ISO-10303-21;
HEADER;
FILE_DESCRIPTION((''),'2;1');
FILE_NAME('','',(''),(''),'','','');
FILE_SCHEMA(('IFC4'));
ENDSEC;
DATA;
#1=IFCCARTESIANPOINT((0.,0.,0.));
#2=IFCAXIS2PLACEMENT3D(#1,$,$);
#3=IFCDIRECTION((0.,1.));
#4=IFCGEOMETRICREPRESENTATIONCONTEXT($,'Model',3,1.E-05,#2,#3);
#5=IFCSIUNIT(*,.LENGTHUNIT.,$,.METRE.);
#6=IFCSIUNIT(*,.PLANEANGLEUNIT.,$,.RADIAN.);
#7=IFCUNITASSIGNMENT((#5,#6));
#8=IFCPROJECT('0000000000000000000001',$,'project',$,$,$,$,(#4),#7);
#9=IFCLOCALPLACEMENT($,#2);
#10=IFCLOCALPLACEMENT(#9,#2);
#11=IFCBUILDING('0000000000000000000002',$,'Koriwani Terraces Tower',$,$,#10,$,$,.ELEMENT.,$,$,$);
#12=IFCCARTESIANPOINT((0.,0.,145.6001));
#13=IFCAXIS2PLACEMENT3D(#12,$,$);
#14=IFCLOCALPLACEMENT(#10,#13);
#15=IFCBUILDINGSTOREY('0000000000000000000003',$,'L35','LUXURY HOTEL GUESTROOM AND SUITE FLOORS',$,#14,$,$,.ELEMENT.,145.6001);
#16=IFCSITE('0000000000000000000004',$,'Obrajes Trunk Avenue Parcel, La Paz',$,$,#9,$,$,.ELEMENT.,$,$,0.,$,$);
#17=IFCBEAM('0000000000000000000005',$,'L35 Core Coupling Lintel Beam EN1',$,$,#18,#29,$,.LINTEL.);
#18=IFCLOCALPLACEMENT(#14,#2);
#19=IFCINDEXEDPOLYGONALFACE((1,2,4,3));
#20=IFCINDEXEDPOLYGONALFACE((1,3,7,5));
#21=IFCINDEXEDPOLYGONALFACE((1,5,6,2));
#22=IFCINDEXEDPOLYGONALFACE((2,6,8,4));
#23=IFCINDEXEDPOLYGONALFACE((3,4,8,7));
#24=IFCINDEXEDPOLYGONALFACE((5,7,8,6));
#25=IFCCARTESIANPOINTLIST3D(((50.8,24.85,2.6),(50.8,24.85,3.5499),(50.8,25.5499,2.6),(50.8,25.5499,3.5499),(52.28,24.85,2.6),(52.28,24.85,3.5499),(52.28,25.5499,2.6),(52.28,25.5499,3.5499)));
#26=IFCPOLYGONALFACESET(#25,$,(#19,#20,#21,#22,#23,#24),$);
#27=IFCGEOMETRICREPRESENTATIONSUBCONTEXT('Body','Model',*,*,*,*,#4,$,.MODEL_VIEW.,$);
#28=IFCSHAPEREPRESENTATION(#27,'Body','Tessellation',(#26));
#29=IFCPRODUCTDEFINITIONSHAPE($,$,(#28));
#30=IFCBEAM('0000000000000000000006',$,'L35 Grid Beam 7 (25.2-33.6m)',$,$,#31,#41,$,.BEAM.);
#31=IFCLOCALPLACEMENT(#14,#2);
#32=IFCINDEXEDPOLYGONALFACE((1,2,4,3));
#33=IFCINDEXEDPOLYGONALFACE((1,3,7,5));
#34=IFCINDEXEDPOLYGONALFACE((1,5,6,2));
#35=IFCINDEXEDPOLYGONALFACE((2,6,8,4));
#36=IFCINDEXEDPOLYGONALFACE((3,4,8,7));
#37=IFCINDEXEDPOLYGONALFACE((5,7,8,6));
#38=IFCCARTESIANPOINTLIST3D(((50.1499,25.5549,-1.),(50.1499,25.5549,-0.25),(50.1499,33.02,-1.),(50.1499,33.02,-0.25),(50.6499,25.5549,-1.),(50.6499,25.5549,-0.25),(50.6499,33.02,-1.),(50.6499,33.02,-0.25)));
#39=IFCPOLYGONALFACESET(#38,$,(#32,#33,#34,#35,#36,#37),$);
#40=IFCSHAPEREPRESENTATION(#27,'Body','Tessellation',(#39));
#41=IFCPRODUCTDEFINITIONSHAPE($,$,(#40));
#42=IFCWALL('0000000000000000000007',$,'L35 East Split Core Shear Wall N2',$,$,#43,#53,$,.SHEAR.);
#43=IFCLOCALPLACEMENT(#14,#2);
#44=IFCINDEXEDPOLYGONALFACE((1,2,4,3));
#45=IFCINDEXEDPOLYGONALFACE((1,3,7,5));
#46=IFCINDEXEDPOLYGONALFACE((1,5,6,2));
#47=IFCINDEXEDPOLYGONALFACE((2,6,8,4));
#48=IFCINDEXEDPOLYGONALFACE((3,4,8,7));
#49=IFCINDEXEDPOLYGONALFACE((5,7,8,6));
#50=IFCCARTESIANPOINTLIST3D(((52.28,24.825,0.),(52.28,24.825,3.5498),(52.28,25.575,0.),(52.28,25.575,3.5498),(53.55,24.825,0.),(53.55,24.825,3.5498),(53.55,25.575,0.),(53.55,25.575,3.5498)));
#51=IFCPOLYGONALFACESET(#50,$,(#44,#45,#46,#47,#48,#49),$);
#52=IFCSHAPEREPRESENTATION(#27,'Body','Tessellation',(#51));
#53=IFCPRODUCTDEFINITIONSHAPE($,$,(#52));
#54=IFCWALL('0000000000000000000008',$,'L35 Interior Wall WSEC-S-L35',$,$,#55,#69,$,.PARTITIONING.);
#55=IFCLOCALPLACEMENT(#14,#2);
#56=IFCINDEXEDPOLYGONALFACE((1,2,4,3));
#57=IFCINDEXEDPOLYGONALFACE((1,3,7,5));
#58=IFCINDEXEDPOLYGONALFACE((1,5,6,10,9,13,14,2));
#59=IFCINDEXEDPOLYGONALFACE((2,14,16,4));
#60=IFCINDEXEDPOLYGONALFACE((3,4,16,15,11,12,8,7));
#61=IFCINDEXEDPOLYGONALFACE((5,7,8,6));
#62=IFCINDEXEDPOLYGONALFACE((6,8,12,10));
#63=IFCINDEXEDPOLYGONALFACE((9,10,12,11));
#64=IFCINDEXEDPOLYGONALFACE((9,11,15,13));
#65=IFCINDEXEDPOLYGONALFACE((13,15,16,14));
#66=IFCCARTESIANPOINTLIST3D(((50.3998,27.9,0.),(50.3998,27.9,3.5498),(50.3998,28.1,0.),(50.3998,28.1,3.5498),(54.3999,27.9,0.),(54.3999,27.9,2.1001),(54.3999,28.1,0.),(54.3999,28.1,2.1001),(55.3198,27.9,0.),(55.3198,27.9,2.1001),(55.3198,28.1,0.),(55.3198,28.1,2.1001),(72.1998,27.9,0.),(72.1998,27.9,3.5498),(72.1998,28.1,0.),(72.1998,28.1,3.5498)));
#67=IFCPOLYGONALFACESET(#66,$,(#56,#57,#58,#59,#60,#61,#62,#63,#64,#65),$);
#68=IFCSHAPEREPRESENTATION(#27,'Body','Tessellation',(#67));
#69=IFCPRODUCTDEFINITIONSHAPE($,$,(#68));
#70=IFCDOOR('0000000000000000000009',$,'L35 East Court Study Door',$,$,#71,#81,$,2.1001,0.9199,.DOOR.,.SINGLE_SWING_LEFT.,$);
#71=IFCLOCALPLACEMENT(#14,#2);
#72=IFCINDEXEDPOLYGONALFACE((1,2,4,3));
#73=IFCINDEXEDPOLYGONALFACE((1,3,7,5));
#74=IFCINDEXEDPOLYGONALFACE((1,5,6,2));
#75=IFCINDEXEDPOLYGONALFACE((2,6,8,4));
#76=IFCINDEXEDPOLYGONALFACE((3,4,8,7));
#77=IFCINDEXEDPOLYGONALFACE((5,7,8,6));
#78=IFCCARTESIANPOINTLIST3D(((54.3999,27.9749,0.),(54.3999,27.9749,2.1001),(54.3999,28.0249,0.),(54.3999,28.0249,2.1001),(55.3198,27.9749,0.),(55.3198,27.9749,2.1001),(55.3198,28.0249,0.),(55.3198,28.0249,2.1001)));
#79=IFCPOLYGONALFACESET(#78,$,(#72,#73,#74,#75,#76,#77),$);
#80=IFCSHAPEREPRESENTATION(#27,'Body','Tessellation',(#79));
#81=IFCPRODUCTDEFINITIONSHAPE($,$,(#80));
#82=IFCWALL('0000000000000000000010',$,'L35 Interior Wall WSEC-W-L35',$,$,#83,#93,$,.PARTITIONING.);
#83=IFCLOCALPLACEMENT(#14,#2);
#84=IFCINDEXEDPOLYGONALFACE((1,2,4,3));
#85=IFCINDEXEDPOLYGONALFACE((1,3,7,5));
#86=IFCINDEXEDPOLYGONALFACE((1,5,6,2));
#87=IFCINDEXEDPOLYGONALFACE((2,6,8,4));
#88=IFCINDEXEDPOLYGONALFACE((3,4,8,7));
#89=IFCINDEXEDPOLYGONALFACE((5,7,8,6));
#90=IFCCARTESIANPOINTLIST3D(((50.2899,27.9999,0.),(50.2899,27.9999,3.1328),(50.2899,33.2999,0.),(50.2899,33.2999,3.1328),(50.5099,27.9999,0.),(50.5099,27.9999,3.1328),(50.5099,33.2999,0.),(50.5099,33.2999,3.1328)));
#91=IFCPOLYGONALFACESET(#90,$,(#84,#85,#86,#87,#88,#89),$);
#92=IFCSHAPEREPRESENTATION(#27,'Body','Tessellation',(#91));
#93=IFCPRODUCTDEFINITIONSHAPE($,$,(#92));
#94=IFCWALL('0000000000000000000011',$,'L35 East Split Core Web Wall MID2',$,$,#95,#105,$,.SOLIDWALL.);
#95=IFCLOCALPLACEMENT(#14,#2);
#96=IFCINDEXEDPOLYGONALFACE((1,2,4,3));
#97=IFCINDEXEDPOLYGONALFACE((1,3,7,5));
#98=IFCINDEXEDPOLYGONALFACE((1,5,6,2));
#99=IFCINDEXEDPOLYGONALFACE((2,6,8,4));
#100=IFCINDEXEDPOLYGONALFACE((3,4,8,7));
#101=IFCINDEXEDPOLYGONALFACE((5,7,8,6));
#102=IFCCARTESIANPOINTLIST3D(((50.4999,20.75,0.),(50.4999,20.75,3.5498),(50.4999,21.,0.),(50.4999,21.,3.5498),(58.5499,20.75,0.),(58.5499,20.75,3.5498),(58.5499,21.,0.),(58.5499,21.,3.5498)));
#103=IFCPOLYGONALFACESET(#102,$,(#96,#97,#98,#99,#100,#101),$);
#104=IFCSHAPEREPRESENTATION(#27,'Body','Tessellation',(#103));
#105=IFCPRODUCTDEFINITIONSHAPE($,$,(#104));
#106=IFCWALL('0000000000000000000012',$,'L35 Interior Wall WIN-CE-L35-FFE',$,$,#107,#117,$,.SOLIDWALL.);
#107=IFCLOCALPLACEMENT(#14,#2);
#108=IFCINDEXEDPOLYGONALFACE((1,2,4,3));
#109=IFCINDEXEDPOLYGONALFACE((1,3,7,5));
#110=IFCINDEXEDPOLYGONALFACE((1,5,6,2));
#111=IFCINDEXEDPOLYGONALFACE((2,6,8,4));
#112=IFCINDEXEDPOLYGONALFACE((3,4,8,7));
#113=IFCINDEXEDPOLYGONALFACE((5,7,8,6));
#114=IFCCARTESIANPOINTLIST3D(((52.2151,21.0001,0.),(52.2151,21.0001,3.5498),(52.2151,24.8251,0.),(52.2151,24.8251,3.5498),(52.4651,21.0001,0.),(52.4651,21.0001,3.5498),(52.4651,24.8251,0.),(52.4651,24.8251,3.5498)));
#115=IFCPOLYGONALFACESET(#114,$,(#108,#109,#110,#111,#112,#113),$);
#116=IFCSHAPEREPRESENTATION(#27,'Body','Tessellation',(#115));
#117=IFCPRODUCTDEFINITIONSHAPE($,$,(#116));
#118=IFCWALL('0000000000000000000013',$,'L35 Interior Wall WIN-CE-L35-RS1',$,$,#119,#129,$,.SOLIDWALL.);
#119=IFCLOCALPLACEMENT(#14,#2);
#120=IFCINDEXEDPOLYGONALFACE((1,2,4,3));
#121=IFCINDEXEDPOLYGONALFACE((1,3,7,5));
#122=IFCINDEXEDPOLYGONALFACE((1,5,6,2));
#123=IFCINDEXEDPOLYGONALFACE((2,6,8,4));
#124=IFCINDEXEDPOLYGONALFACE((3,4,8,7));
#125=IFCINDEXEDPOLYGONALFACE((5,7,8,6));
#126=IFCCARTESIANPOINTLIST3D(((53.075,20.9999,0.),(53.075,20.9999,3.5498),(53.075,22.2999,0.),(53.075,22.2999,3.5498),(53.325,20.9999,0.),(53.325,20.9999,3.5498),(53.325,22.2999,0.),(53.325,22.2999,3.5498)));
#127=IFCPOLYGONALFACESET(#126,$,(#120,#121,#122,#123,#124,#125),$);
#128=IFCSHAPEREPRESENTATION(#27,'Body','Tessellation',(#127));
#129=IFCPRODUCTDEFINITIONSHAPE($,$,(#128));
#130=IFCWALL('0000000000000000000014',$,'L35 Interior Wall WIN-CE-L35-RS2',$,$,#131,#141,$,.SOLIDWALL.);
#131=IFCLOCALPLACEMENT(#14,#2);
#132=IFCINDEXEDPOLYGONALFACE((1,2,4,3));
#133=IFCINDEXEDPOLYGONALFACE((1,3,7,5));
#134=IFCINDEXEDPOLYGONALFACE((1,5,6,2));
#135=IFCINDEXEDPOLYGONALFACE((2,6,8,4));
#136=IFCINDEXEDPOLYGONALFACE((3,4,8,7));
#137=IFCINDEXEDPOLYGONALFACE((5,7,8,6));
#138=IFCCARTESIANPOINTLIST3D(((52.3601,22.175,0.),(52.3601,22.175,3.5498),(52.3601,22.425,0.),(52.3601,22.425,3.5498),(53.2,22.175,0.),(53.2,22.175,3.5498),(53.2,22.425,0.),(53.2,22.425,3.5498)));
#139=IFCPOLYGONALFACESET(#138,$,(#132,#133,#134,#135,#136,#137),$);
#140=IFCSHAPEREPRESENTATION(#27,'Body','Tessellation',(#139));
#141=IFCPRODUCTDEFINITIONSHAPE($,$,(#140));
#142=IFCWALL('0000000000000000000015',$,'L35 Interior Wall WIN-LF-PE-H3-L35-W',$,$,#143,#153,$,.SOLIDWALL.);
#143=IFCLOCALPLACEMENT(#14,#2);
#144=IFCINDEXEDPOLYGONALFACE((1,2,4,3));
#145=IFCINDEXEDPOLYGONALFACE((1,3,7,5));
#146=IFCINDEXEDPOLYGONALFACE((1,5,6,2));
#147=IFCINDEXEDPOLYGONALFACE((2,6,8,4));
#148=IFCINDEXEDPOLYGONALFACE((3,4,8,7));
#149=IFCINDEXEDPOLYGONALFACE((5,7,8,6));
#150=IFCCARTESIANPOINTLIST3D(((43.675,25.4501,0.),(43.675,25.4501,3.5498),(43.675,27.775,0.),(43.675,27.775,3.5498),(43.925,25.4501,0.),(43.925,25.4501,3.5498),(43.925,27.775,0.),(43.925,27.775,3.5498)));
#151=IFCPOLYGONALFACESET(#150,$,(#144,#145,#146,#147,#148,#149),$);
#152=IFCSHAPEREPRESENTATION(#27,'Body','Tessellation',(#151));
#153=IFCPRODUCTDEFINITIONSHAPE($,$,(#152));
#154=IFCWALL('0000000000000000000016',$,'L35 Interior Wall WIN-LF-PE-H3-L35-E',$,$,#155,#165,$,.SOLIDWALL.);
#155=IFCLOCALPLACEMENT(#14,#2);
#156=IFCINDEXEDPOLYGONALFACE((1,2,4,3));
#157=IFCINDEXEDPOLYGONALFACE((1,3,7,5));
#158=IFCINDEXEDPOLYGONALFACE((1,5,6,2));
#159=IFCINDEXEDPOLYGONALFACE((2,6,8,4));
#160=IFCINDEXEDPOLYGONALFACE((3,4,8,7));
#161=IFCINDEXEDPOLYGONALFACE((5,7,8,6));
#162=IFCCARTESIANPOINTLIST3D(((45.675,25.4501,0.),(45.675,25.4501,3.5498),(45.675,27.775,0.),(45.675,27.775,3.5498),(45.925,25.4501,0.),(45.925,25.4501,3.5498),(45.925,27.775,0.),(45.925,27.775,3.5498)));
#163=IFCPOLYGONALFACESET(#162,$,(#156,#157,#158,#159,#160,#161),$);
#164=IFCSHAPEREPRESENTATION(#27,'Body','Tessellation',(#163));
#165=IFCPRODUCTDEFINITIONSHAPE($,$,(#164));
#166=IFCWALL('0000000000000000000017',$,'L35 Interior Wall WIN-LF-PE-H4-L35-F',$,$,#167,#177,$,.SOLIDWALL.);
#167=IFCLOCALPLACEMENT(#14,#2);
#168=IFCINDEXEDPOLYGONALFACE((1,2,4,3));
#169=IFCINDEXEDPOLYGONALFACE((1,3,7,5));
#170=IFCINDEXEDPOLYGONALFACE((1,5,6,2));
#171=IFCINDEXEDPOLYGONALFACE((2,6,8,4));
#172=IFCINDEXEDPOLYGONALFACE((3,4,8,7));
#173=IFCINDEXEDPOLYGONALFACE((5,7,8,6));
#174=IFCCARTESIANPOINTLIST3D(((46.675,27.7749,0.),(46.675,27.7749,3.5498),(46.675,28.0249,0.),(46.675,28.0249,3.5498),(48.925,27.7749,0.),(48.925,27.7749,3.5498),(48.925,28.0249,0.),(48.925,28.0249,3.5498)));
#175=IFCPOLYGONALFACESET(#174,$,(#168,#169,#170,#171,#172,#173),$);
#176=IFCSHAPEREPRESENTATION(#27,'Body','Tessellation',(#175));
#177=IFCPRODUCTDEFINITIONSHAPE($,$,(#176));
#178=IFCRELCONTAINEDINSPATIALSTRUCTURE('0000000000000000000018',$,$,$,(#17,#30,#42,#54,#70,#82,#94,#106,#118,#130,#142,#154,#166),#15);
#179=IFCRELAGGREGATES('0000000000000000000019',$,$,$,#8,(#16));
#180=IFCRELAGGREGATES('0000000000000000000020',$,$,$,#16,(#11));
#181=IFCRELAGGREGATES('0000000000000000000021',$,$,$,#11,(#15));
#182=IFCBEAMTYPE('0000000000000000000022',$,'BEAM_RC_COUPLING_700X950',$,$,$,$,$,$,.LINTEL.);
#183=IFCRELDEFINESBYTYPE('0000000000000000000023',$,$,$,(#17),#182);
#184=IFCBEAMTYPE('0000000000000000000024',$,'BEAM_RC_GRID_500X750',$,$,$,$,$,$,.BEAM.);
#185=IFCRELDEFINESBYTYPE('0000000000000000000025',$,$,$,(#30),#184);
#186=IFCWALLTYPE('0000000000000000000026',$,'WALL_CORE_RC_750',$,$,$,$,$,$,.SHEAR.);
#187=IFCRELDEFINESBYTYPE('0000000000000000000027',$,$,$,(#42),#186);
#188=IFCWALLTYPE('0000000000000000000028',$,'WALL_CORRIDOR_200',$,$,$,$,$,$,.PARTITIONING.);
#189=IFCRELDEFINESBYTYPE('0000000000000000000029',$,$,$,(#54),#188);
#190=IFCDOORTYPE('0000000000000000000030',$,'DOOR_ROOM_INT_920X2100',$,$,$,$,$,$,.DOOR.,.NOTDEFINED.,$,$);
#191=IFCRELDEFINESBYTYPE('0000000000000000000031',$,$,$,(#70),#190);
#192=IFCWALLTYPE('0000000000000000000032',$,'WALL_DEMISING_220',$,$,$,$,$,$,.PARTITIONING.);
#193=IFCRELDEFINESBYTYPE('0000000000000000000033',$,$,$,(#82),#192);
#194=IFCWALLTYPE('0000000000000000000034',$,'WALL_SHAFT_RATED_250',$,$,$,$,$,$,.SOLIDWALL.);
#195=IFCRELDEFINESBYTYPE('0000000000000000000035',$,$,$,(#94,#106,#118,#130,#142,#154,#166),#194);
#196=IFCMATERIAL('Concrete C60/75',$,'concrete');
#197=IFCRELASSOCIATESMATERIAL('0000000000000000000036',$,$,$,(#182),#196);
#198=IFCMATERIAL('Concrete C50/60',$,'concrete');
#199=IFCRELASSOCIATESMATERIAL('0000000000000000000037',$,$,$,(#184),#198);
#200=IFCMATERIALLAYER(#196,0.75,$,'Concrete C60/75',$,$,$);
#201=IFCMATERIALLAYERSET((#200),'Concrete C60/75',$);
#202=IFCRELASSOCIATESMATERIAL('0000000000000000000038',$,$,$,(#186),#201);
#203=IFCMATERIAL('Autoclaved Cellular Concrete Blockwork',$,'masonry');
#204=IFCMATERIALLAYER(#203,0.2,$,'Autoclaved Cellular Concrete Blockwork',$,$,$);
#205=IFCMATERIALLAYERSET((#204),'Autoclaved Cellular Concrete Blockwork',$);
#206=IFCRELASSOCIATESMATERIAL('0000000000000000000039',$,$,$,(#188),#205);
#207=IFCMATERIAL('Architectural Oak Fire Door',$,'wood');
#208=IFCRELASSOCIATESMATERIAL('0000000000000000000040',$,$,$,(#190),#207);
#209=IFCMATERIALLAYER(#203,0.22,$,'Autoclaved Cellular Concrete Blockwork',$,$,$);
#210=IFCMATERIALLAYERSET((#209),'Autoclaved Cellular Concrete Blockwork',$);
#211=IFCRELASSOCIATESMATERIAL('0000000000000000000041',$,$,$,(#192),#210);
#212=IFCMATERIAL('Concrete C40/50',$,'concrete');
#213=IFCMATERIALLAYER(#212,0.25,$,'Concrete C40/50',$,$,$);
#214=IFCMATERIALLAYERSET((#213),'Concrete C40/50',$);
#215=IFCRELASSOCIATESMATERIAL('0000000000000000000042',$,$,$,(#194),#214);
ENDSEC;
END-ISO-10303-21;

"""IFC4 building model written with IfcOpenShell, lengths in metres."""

from ifc_helpers import new_model, si_unit, direction, frame, frame_2d, origin, origin_2d, place, context, subcontext, project, spatial, rectangle, extrude, material, layer, layer_set, material_profile, profile_set, type_object, element, fill, save


model = new_model("IFC4")

# Units and contexts
model_context = context("Model", 3, precision=1e-05, world=origin(), true_north=direction((0.0, 1.0)))
body_context = subcontext(model_context, "Body", "Model", "MODEL_VIEW")
ifc_project = project(units=[si_unit("LENGTHUNIT", "METRE"), si_unit("PLANEANGLEUNIT", "RADIAN")], contexts=[model_context])

# Site, building, storey
site_placement = place(None, origin())
site = spatial("IfcSite", under=ifc_project, at=site_placement, Name="Obrajes Trunk Avenue Parcel, La Paz", CompositionType="ELEMENT", RefElevation=0.0)
building_placement = place(site_placement, origin())
building = spatial("IfcBuilding", under=site, at=building_placement, Name="Koriwani Terraces Tower", CompositionType="ELEMENT")
storey_placement = place(building_placement, frame((0.0, 0.0, 145.6001)))
storey = spatial("IfcBuildingStorey", under=building, at=storey_placement, Name="L35", Description="LUXURY HOTEL GUESTROOM AND SUITE FLOORS", CompositionType="ELEMENT", Elevation=145.6001)

# Beams
ifc_material_1 = material(Name="Concrete C60/75", Category="concrete")
ifc_material_profile_1 = material_profile(ifc_material_1, rectangle(XDim=0.7, YDim=0.95, at=origin_2d()), Name="Concrete C60/75", Category="LoadBearing")
ifc_profile_set_1 = profile_set([ifc_material_profile_1], Name="Concrete C60/75")
beam_type_1 = type_object("IfcBeamType", Name="BEAM_RC_COUPLING_700X950", PredefinedType="LINTEL", material=ifc_profile_set_1)
beam_1_placement = place(storey_placement, frame((50.8, 25.2, 3.075), z_axis=(1.0, 0.0, 0.0), x_axis=(0.0, 1.0, 0.0)))
element("IfcBeam", 1, at=beam_1_placement, inside=storey, type_object=beam_type_1, Name="L35 Core Coupling Lintel Beam EN1", PredefinedType="LINTEL", context=body_context, shape_type="SweptSolid", body=[
    extrude(rectangle(XDim=0.7, YDim=0.95, at=origin_2d()), origin(), (0.0, 0.0, 1.0), 1.48),
])
ifc_material_2 = material(Name="Concrete C50/60", Category="concrete")
ifc_material_profile_2 = material_profile(ifc_material_2, rectangle(XDim=0.5, YDim=0.75, at=origin_2d()), Name="Concrete C50/60", Category="LoadBearing")
ifc_profile_set_2 = profile_set([ifc_material_profile_2], Name="Concrete C50/60")
beam_type_2 = type_object("IfcBeamType", Name="BEAM_RC_GRID_500X750", PredefinedType="BEAM", material=ifc_profile_set_2)
beam_2_placement = place(storey_placement, frame((50.3999, 25.5549, -0.625), z_axis=(0.0, 1.0, 0.0), x_axis=(-1.0, 0.0, 0.0)))
element("IfcBeam", 2, at=beam_2_placement, inside=storey, type_object=beam_type_2, Name="L35 Grid Beam 7 (25.2-33.6m)", PredefinedType="BEAM", context=body_context, shape_type="SweptSolid", body=[
    extrude(rectangle(XDim=0.5, YDim=0.75, at=origin_2d()), origin(), (0.0, 0.0, 1.0), 7.4651),
])

# Wall
ifc_layer_1 = layer(ifc_material_1, 0.75, Name="Concrete C60/75")
ifc_layer_set_1 = layer_set([ifc_layer_1], Name="Concrete C60/75")
wall_type_1 = type_object("IfcWallType", Name="WALL_CORE_RC_750", PredefinedType="SHEAR", material=ifc_layer_set_1)
wall_1_placement = place(storey_placement, frame((52.28, 25.2, 0.0), z_axis=(0.0, 0.0, 1.0), x_axis=(1.0, 0.0, 0.0)))
element("IfcWall", 3, at=wall_1_placement, inside=storey, type_object=wall_type_1, Name="L35 East Split Core Shear Wall N2", PredefinedType="SHEAR", context=body_context, shape_type="SweptSolid", body=[
    extrude(rectangle(XDim=1.27, YDim=0.75, at=frame_2d((0.635, 0.0))), origin(), (0.0, 0.0, 1.0), 3.5498),
])

# Wall, opening, door
ifc_material_3 = material(Name="Autoclaved Cellular Concrete Blockwork", Category="masonry")
ifc_layer_2 = layer(ifc_material_3, 0.2, Name="Autoclaved Cellular Concrete Blockwork")
ifc_layer_set_2 = layer_set([ifc_layer_2], Name="Autoclaved Cellular Concrete Blockwork")
wall_type_2 = type_object("IfcWallType", Name="WALL_CORRIDOR_200", PredefinedType="PARTITIONING", material=ifc_layer_set_2)
wall_2_placement = place(storey_placement, frame((50.3999, 28.0, 0.0), z_axis=(0.0, 0.0, 1.0), x_axis=(1.0, 0.0, 0.0)))
wall_2 = element("IfcWall", 4, at=wall_2_placement, inside=storey, type_object=wall_type_2, Name="L35 Interior Wall WSEC-S-L35", PredefinedType="PARTITIONING", context=body_context, shape_type="SweptSolid", body=[
    extrude(rectangle(XDim=21.8, YDim=0.2, at=frame_2d((10.8999, 0.0))), origin(), (0.0, 0.0, 1.0), 3.5498),
])
opening_1_placement = place(wall_2_placement, frame((4.0, 0.0, 0.0)))
opening_1 = element("IfcOpeningElement", 5, at=opening_1_placement, cuts=wall_2, PredefinedType="OPENING", context=body_context, shape_type="SweptSolid", body=[
    extrude(rectangle(XDim=0.9199, YDim=2.1001, at=frame_2d((0.46, 1.05))), frame((0.0, 0.1099, 0.0), z_axis=(0.0, -1.0, 0.0), x_axis=(1.0, 0.0, 0.0)), (0.0, 0.0, 1.0), 0.22),
])
ifc_material_4 = material(Name="Architectural Oak Fire Door", Category="wood")
door_type_1 = type_object("IfcDoorType", Name="DOOR_ROOM_INT_920X2100", OperationType="NOTDEFINED", PredefinedType="DOOR", material=ifc_material_4)
door_1_placement = place(opening_1_placement, origin())
door_1 = element("IfcDoor", 6, at=door_1_placement, inside=storey, type_object=door_type_1, Name="L35 East Court Study Door", OperationType="SINGLE_SWING_LEFT", OverallHeight=2.1001, OverallWidth=0.9199, PredefinedType="DOOR", context=body_context, shape_type="SweptSolid", body=[
    extrude(rectangle(XDim=0.9199, YDim=2.1001, at=frame_2d((0.46, 1.05))), frame((0.0, 0.0249, 0.0), z_axis=(0.0, -1.0, 0.0), x_axis=(1.0, 0.0, 0.0)), (0.0, 0.0, 1.0), 0.05),
])
fill(opening_1, door_1)

# Walls
ifc_layer_3 = layer(ifc_material_3, 0.22, Name="Autoclaved Cellular Concrete Blockwork")
ifc_layer_set_3 = layer_set([ifc_layer_3], Name="Autoclaved Cellular Concrete Blockwork")
wall_type_3 = type_object("IfcWallType", Name="WALL_DEMISING_220", PredefinedType="PARTITIONING", material=ifc_layer_set_3)
wall_3_placement = place(storey_placement, frame((50.3999, 28.0, 0.0), z_axis=(0.0, 0.0, 1.0), x_axis=(0.0, 1.0, 0.0)))
element("IfcWall", 7, at=wall_3_placement, inside=storey, type_object=wall_type_3, Name="L35 Interior Wall WSEC-W-L35", PredefinedType="PARTITIONING", context=body_context, shape_type="SweptSolid", body=[
    extrude(rectangle(XDim=5.3, YDim=0.22, at=frame_2d((2.6499, 0.0))), origin(), (0.0, 0.0, 1.0), 3.1328),
])
ifc_material_5 = material(Name="Concrete C40/50", Category="concrete")
ifc_layer_4 = layer(ifc_material_5, 0.25, Name="Concrete C40/50")
ifc_layer_set_4 = layer_set([ifc_layer_4], Name="Concrete C40/50")
wall_type_4 = type_object("IfcWallType", Name="WALL_SHAFT_RATED_250", PredefinedType="SOLIDWALL", material=ifc_layer_set_4)
wall_4_placement = place(storey_placement, frame((50.5, 20.875, 0.0), z_axis=(0.0, 0.0, 1.0), x_axis=(1.0, 0.0, 0.0)))
element("IfcWall", 8, at=wall_4_placement, inside=storey, type_object=wall_type_4, Name="L35 East Split Core Web Wall MID2", PredefinedType="SOLIDWALL", context=body_context, shape_type="SweptSolid", body=[
    extrude(rectangle(XDim=8.05, YDim=0.25, at=frame_2d((4.0249, 0.0))), origin(), (0.0, 0.0, 1.0), 3.5498),
])

# Walls
wall_5_placement = place(storey_placement, frame((52.3401, 21.0, 0.0), z_axis=(0.0, 0.0, 1.0), x_axis=(0.0, 1.0, 0.0)))
element("IfcWall", 9, at=wall_5_placement, inside=storey, type_object=wall_type_4, Name="L35 Interior Wall WIN-CE-L35-FFE", PredefinedType="SOLIDWALL", context=body_context, shape_type="SweptSolid", body=[
    extrude(rectangle(XDim=3.825, YDim=0.25, at=frame_2d((1.9126, 0.0))), origin(), (0.0, 0.0, 1.0), 3.5498),
])
wall_6_placement = place(storey_placement, frame((53.2, 21.0, 0.0), z_axis=(0.0, 0.0, 1.0), x_axis=(0.0, 1.0, 0.0)))
element("IfcWall", 10, at=wall_6_placement, inside=storey, type_object=wall_type_4, Name="L35 Interior Wall WIN-CE-L35-RS1", PredefinedType="SOLIDWALL", context=body_context, shape_type="SweptSolid", body=[
    extrude(rectangle(XDim=1.3, YDim=0.25, at=frame_2d((0.6499, 0.0))), origin(), (0.0, 0.0, 1.0), 3.5498),
])
wall_7_placement = place(storey_placement, frame((52.3601, 22.3, 0.0), z_axis=(0.0, 0.0, 1.0), x_axis=(1.0, 0.0, 0.0)))
element("IfcWall", 11, at=wall_7_placement, inside=storey, type_object=wall_type_4, Name="L35 Interior Wall WIN-CE-L35-RS2", PredefinedType="SOLIDWALL", context=body_context, shape_type="SweptSolid", body=[
    extrude(rectangle(XDim=0.8398, YDim=0.25, at=frame_2d((0.4199, 0.0))), origin(), (0.0, 0.0, 1.0), 3.5498),
])
for number, where, z_axis, x_axis, name in (
    (12, (43.8, 25.45, 0.0), (0.0, 0.0, 1.0), (0.0, 1.0, 0.0), "L35 Interior Wall WIN-LF-PE-H3-L35-W"),
    (13, (45.8, 25.45, 0.0), (0.0, 0.0, 1.0), (0.0, 1.0, 0.0), "L35 Interior Wall WIN-LF-PE-H3-L35-E"),
):
    element("IfcWall", number, at=place(storey_placement, frame(where, z_axis=z_axis, x_axis=x_axis)), inside=storey, type_object=wall_type_4, Name=name, PredefinedType="SOLIDWALL", context=body_context, shape_type="SweptSolid", body=[
        extrude(rectangle(XDim=2.325, YDim=0.25, at=frame_2d((1.1626, 0.0))), origin(), (0.0, 0.0, 1.0), 3.5498),
    ])
wall_8_placement = place(storey_placement, frame((46.675, 27.8999, 0.0), z_axis=(0.0, 0.0, 1.0), x_axis=(1.0, 0.0, 0.0)))
element("IfcWall", 14, at=wall_8_placement, inside=storey, type_object=wall_type_4, Name="L35 Interior Wall WIN-LF-PE-H4-L35-F", PredefinedType="SOLIDWALL", context=body_context, shape_type="SweptSolid", body=[
    extrude(rectangle(XDim=2.25, YDim=0.25, at=frame_2d((1.125, 0.0))), origin(), (0.0, 0.0, 1.0), 3.5498),
])

save(model, "model.ifc")
